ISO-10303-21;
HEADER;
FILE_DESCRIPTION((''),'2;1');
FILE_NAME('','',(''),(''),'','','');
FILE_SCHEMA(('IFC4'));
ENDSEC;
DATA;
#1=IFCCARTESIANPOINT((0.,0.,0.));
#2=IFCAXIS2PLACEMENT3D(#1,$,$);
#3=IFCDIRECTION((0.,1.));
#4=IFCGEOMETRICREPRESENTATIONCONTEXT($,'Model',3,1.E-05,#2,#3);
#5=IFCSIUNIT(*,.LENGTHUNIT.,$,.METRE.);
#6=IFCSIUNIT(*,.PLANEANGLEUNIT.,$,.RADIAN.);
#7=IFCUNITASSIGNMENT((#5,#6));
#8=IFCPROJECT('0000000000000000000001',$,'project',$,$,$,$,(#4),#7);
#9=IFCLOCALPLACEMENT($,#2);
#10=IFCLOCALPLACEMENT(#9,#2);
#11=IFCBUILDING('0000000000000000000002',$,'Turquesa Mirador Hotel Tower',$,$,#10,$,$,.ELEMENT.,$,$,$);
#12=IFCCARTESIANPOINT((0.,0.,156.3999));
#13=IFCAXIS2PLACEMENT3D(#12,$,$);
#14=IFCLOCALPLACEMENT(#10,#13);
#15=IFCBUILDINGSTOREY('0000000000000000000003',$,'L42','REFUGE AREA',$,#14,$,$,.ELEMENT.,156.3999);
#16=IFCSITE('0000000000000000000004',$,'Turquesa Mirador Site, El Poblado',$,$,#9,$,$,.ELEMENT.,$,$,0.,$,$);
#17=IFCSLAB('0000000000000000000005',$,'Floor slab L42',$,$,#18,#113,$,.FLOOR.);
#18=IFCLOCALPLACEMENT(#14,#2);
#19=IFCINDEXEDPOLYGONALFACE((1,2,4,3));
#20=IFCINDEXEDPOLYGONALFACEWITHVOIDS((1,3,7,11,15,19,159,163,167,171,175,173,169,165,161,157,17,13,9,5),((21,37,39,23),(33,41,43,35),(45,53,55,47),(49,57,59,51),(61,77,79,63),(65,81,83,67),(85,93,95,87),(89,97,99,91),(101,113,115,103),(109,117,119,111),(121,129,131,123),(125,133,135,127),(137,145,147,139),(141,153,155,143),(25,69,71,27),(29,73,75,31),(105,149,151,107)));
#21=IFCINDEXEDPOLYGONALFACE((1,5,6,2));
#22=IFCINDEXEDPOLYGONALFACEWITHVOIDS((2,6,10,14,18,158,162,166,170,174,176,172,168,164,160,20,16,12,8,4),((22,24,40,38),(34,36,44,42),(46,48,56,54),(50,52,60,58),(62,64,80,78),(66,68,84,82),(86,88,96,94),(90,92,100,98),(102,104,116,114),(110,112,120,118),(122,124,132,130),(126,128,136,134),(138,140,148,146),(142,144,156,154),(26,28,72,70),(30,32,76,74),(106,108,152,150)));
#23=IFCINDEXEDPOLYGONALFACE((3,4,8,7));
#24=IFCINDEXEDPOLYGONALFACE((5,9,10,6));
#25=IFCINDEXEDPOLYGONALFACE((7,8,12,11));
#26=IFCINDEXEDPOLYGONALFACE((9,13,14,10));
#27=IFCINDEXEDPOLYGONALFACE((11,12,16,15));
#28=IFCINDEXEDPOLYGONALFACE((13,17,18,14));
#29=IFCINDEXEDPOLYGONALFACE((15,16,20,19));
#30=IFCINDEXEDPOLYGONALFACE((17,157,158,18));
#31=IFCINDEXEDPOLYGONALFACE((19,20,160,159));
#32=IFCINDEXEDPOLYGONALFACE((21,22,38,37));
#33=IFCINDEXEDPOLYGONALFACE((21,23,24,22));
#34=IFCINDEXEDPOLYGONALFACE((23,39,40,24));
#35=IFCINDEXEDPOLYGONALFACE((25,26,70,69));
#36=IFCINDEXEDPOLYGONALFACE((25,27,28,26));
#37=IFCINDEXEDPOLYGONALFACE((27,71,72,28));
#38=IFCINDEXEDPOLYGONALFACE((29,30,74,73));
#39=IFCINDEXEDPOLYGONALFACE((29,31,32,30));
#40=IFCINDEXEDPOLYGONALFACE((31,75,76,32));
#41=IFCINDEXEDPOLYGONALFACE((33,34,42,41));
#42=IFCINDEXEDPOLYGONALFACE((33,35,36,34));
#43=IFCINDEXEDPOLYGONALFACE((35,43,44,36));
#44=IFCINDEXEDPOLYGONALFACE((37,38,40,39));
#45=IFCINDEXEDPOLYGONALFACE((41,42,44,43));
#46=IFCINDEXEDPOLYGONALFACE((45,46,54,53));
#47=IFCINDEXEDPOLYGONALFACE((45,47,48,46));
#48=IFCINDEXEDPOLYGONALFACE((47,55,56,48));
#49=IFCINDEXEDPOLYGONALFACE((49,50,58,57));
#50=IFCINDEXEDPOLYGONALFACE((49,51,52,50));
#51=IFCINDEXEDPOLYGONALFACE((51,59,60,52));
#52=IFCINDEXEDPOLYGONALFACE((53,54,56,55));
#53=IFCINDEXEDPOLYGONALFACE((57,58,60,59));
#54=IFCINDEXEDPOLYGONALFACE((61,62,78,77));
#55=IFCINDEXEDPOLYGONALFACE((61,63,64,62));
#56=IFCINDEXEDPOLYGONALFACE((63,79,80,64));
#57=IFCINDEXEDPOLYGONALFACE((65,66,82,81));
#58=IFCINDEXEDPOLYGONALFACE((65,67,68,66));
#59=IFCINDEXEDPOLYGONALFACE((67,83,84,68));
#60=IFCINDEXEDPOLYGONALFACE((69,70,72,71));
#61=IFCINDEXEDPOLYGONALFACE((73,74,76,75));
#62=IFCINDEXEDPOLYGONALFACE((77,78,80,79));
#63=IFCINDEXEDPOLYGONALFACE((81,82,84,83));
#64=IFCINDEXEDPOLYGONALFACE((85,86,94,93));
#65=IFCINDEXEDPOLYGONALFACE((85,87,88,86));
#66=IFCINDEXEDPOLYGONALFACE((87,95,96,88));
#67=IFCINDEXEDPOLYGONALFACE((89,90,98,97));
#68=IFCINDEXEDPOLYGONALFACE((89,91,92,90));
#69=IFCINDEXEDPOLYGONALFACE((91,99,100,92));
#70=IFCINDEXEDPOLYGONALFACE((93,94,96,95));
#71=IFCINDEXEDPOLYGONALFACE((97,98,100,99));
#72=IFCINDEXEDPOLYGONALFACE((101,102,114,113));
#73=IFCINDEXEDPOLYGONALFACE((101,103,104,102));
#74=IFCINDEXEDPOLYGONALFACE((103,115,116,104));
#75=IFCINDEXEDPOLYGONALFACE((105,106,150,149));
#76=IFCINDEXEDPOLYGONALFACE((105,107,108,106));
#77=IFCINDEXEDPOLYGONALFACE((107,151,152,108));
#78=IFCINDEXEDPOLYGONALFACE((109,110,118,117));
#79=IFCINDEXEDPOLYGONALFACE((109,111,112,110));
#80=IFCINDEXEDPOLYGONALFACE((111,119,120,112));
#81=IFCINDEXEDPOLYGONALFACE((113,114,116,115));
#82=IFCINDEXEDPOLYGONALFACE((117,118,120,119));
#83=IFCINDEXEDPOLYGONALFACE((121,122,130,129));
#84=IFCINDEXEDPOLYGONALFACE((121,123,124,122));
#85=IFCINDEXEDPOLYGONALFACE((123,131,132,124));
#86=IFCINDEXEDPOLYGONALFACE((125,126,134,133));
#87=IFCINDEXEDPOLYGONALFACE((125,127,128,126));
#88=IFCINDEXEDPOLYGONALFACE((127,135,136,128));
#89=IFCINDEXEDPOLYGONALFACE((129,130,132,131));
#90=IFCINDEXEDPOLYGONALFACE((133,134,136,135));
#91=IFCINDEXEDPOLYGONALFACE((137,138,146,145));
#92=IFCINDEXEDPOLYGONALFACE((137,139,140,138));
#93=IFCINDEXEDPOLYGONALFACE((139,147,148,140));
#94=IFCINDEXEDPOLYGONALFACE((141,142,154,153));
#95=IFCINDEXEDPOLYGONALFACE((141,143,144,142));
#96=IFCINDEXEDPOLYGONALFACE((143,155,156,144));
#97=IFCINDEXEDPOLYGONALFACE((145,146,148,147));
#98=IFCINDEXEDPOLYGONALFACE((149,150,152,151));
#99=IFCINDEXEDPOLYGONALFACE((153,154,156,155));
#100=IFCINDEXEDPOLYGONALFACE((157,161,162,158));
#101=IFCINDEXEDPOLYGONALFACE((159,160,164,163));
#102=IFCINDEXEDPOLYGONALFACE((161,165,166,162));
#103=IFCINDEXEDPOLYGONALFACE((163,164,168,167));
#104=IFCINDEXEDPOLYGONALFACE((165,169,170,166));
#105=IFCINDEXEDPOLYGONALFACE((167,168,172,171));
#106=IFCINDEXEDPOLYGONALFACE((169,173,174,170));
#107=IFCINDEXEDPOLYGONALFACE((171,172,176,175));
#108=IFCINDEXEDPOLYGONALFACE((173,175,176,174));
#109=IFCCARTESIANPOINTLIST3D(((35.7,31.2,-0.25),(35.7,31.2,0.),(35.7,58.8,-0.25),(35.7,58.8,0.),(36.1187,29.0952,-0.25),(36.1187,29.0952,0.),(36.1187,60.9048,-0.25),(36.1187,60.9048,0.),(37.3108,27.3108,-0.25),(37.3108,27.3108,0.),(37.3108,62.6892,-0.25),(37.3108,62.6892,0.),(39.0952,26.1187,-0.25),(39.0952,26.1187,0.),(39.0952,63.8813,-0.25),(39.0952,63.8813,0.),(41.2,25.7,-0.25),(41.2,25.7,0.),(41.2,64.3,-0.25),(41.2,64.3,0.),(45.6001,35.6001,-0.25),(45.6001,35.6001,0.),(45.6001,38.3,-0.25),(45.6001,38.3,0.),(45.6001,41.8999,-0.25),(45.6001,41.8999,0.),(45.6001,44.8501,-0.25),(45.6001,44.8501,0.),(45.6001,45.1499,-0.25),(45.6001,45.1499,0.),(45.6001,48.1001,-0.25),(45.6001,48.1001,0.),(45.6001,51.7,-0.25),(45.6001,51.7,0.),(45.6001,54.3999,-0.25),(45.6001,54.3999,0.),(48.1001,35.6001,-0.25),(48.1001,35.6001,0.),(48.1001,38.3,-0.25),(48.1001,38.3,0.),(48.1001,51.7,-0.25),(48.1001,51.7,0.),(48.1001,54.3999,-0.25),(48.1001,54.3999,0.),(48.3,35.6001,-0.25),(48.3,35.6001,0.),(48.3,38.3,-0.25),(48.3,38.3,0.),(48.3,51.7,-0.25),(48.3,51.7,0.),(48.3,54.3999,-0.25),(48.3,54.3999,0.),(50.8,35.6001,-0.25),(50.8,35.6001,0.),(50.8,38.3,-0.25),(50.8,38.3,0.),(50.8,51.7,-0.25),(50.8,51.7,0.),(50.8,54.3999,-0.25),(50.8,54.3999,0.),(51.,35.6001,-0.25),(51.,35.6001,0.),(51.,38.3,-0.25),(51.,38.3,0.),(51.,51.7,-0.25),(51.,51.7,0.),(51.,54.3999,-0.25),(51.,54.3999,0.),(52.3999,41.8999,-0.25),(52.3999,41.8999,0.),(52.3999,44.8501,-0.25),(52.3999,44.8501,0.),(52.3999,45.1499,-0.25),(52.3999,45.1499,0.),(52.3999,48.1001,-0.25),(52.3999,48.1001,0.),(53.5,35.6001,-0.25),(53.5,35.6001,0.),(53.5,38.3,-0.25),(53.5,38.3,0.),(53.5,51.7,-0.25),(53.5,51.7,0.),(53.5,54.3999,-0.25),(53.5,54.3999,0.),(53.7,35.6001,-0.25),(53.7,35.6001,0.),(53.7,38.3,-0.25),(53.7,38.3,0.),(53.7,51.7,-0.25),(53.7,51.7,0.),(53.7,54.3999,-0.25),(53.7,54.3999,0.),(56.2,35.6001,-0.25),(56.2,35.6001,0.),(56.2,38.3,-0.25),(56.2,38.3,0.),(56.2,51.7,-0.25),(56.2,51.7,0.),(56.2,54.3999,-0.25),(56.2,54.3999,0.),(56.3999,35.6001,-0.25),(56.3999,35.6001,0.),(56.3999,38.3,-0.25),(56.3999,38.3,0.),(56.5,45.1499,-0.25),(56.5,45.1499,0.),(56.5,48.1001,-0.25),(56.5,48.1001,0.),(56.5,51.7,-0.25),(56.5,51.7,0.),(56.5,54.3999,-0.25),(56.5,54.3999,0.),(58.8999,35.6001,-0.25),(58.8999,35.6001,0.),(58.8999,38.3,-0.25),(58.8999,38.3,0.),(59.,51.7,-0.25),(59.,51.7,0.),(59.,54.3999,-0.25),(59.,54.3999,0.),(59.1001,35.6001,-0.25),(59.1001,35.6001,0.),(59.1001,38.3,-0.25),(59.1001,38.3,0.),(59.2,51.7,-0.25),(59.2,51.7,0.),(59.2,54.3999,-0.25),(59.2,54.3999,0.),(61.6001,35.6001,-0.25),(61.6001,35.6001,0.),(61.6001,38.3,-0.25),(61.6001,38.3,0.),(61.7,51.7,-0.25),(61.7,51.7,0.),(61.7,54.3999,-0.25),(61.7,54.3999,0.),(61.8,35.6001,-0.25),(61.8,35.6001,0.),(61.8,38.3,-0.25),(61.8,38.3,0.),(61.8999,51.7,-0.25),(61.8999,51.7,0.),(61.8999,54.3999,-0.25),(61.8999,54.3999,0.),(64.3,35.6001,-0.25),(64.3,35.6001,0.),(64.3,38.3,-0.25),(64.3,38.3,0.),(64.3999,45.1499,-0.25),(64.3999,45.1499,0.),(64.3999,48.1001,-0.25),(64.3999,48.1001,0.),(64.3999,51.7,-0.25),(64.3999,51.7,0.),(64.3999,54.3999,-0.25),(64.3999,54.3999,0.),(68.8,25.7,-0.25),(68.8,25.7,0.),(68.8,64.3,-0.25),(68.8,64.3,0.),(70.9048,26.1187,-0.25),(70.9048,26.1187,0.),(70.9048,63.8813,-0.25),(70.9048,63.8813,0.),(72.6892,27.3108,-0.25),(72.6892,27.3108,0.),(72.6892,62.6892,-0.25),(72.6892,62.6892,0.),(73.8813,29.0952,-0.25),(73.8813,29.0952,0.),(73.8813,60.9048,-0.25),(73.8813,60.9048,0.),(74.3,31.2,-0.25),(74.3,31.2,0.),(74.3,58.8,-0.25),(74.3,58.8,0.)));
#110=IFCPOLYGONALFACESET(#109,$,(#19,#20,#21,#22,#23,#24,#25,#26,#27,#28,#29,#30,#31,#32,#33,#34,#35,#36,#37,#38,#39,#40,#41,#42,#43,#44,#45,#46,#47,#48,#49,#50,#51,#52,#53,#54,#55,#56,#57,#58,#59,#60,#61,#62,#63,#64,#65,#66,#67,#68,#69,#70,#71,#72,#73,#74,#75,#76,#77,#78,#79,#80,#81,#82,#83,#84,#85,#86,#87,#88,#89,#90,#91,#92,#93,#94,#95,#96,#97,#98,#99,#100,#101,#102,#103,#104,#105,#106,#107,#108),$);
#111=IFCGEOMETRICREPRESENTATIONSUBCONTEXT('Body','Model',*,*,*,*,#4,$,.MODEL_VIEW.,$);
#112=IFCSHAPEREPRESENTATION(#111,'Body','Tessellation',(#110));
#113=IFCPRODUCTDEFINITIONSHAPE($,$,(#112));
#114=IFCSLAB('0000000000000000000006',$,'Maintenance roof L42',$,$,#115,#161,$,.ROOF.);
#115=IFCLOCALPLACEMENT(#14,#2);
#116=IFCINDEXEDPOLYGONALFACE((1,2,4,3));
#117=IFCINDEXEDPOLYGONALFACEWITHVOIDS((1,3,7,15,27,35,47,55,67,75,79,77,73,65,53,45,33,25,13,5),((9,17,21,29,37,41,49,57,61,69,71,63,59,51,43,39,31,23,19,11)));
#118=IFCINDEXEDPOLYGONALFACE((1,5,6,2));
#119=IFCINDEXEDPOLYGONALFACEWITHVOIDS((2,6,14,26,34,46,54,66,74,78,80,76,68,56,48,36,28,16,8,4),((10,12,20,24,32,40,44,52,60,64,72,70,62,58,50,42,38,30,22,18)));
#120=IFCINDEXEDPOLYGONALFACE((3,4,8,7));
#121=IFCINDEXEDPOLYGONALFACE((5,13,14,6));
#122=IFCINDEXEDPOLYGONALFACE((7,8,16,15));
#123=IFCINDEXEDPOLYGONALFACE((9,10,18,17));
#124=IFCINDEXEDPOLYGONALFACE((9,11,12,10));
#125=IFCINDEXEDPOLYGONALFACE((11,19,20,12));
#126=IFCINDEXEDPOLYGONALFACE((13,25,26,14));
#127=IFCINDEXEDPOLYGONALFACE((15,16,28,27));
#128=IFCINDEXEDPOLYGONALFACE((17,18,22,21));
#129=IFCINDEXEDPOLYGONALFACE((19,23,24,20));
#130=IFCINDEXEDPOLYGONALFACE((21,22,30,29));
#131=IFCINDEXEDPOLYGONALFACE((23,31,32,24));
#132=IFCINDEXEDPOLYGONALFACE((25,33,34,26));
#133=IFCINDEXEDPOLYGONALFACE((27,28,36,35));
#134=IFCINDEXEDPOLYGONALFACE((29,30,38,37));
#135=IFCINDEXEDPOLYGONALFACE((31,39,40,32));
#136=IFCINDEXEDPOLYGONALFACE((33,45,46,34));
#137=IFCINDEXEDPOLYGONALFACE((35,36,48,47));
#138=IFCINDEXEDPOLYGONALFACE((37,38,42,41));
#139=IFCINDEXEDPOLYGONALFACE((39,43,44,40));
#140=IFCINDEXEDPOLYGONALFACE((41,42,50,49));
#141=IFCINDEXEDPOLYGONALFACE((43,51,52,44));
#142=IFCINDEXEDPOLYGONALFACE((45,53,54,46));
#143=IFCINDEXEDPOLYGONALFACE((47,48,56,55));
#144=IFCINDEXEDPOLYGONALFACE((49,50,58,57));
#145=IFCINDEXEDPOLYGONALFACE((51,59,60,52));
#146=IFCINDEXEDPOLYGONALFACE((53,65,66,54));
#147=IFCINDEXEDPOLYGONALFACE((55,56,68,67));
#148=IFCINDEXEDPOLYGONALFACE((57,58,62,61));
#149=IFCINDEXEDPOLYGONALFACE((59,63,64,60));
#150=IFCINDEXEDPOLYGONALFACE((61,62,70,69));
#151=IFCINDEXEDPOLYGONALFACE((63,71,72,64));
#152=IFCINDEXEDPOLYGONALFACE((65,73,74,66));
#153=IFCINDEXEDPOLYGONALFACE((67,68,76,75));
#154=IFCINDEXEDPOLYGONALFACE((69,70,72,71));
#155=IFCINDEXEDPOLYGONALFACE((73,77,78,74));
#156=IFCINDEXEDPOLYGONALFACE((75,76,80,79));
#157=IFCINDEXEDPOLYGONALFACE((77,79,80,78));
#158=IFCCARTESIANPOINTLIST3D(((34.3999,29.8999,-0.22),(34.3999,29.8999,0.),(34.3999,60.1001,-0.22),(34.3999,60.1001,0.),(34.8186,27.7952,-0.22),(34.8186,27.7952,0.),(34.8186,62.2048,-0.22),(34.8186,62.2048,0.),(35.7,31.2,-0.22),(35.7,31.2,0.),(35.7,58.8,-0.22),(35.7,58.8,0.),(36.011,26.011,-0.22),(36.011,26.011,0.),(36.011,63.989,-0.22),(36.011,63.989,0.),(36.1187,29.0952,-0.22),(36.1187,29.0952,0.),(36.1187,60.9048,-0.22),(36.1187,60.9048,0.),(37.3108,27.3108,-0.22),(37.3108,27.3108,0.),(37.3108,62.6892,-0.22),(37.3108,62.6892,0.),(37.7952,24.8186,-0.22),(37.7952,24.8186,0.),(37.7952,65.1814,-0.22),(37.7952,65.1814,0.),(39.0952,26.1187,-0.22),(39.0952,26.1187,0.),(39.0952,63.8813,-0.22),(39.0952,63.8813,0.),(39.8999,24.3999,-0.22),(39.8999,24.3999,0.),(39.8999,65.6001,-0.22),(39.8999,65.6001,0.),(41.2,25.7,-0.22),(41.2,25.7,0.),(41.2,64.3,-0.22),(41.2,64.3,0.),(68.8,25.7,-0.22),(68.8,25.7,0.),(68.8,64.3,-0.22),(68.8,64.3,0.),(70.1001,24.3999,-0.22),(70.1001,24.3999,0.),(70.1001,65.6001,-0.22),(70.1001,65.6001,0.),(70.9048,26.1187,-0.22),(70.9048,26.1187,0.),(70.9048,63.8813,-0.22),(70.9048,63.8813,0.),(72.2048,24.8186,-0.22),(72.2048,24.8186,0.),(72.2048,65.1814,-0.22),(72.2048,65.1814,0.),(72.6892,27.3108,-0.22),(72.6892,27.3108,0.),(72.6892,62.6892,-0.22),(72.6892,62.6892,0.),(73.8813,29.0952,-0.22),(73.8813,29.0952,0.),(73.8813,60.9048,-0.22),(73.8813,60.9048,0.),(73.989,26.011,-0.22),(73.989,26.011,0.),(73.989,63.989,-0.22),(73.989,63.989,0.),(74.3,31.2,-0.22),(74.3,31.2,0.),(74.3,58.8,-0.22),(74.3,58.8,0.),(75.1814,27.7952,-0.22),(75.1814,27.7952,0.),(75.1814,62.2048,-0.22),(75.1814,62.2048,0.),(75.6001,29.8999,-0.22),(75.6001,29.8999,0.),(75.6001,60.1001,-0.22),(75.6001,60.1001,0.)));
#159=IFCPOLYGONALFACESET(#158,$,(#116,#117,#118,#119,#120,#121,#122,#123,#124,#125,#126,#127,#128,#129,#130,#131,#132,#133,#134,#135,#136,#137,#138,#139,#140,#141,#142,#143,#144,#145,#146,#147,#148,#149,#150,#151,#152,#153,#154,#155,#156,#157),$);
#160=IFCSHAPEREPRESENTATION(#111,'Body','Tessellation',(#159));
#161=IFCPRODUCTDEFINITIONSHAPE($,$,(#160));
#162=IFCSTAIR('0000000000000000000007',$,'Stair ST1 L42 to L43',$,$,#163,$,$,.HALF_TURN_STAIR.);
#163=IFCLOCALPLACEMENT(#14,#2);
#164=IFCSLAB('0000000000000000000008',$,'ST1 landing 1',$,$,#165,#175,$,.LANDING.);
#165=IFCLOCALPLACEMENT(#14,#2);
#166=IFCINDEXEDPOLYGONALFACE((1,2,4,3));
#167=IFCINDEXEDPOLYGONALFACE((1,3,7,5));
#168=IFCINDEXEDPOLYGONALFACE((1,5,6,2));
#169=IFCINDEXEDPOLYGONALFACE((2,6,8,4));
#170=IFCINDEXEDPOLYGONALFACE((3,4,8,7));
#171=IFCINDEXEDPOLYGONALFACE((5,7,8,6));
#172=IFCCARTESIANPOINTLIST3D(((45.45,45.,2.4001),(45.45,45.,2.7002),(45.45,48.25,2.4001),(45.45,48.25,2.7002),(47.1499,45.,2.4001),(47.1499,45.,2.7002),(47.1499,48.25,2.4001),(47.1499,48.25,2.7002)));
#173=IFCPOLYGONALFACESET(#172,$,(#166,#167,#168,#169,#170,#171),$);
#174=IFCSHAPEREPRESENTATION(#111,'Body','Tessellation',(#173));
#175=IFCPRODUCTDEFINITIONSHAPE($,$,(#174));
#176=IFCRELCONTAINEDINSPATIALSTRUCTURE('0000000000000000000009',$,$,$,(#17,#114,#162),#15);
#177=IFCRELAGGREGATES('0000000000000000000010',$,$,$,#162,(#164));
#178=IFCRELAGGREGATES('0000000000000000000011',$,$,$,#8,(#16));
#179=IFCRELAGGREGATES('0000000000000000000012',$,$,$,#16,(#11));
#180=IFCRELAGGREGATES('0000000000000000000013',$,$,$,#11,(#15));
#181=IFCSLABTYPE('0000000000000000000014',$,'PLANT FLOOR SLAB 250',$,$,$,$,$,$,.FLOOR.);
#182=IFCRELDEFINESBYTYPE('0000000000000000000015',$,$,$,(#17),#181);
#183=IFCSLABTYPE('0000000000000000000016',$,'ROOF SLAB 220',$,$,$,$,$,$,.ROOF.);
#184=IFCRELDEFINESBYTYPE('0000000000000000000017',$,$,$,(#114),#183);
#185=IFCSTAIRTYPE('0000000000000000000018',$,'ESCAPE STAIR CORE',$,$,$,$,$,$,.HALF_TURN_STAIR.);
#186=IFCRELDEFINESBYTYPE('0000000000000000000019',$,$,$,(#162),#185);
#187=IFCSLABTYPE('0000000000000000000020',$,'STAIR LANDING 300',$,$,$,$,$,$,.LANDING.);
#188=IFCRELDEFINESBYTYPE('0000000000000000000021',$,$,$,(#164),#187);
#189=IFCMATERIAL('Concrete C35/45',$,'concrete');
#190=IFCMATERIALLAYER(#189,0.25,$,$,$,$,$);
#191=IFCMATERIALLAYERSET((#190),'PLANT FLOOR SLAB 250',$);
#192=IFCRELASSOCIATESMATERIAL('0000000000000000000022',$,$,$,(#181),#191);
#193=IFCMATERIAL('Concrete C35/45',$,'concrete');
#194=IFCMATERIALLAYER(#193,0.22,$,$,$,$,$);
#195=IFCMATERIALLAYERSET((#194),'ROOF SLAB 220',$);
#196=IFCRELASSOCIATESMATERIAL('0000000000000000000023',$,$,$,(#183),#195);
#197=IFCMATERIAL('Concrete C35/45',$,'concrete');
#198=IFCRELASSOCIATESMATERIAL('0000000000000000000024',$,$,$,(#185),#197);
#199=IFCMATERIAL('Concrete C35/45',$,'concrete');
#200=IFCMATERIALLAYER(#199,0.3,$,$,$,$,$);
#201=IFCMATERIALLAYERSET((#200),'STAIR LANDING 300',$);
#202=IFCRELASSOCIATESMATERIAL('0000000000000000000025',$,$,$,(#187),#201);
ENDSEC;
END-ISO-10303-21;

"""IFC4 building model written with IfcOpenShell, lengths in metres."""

from ifc_helpers import new_model, si_unit, direction, frame, origin, place, context, subcontext, project, spatial, polyline, outline, extrude, material, layer, layer_set, type_object, element, aggregate, save


model = new_model("IFC4")

# Units and contexts
model_context = context("Model", 3, precision=1e-05, world=origin(), true_north=direction((0.0, 1.0)))
body_context = subcontext(model_context, "Body", "Model", "MODEL_VIEW")
ifc_project = project(units=[si_unit("LENGTHUNIT", "METRE"), si_unit("PLANEANGLEUNIT", "RADIAN")], contexts=[model_context])

# Site, building, storey
site_placement = place(None, origin())
site = spatial("IfcSite", under=ifc_project, at=site_placement, Name="Turquesa Mirador Site, El Poblado", CompositionType="ELEMENT", RefElevation=0.0)
building_placement = place(site_placement, origin())
building = spatial("IfcBuilding", under=site, at=building_placement, Name="Turquesa Mirador Hotel Tower", CompositionType="ELEMENT")
storey_placement = place(building_placement, frame((0.0, 0.0, 156.3999)))
storey = spatial("IfcBuildingStorey", under=building, at=storey_placement, Name="L42", Description="REFUGE AREA", CompositionType="ELEMENT", Elevation=156.3999)

# Slabs
ifc_material_1 = material(Name="Concrete C35/45", Category="concrete")
ifc_layer_1 = layer(ifc_material_1, 0.25)
ifc_layer_set_1 = layer_set([ifc_layer_1], Name="PLANT FLOOR SLAB 250")
slab_type_1 = type_object("IfcSlabType", Name="PLANT FLOOR SLAB 250", PredefinedType="FLOOR", material=ifc_layer_set_1)
slab_1_placement = place(storey_placement, frame((0.0, 0.0, -0.25)))
element("IfcSlab", 1, at=slab_1_placement, inside=storey, type_object=slab_type_1, Name="Floor slab L42", PredefinedType="FLOOR", context=body_context, shape_type="SweptSolid", body=[
    extrude(outline(polyline([(68.8, 25.7), (70.9048, 26.1187), (72.6892, 27.3108), (73.8813, 29.0952), (74.3, 31.2), (74.3, 58.8), (73.8813, 60.9048), (72.6892, 62.6892), (70.9048, 63.8813), (68.8, 64.3), (41.2, 64.3), (39.0952, 63.8813), (37.3108, 62.6892), (36.1187, 60.9048), (35.7, 58.8), (35.7, 31.2), (36.1187, 29.0952), (37.3108, 27.3108), (39.0952, 26.1187), (41.2, 25.7), (68.8, 25.7)]), holes=[polyline([(45.6001, 51.7), (48.1001, 51.7), (48.1001, 54.3999), (45.6001, 54.3999), (45.6001, 51.7)]), polyline([(48.3, 51.7), (50.8, 51.7), (50.8, 54.3999), (48.3, 54.3999), (48.3, 51.7)]), polyline([(51.0, 51.7), (53.5, 51.7), (53.5, 54.3999), (51.0, 54.3999), (51.0, 51.7)]), polyline([(53.7, 51.7), (56.2, 51.7), (56.2, 54.3999), (53.7, 54.3999), (53.7, 51.7)]), polyline([(56.5, 51.7), (59.0, 51.7), (59.0, 54.3999), (56.5, 54.3999), (56.5, 51.7)]), polyline([(59.2, 51.7), (61.7, 51.7), (61.7, 54.3999), (59.2, 54.3999), (59.2, 51.7)]), polyline([(45.6001, 35.6001), (48.1001, 35.6001), (48.1001, 38.3), (45.6001, 38.3), (45.6001, 35.6001)]), polyline([(48.3, 35.6001), (50.8, 35.6001), (50.8, 38.3), (48.3, 38.3), (48.3, 35.6001)]), polyline([(51.0, 35.6001), (53.5, 35.6001), (53.5, 38.3), (51.0, 38.3), (51.0, 35.6001)]), polyline([(53.7, 35.6001), (56.2, 35.6001), (56.2, 38.3), (53.7, 38.3), (53.7, 35.6001)]), polyline([(56.3999, 35.6001), (58.8999, 35.6001), (58.8999, 38.3), (56.3999, 38.3), (56.3999, 35.6001)]), polyline([(59.1001, 35.6001), (61.6001, 35.6001), (61.6001, 38.3), (59.1001, 38.3), (59.1001, 35.6001)]), polyline([(61.8, 35.6001), (64.3, 35.6001), (64.3, 38.3), (61.8, 38.3), (61.8, 35.6001)]), polyline([(45.6001, 45.1499), (52.3999, 45.1499), (52.3999, 48.1001), (45.6001, 48.1001), (45.6001, 45.1499)]), polyline([(45.6001, 41.8999), (52.3999, 41.8999), (52.3999, 44.8501), (45.6001, 44.8501), (45.6001, 41.8999)]), polyline([(56.5, 45.1499), (64.3999, 45.1499), (64.3999, 48.1001), (56.5, 48.1001), (56.5, 45.1499)]), polyline([(61.8999, 51.7), (64.3999, 51.7), (64.3999, 54.3999), (61.8999, 54.3999), (61.8999, 51.7)])]), origin(), (0.0, 0.0, 1.0), 0.25),
])
ifc_material_2 = material(Name="Concrete C35/45", Category="concrete")
ifc_layer_2 = layer(ifc_material_2, 0.22)
ifc_layer_set_2 = layer_set([ifc_layer_2], Name="ROOF SLAB 220")
slab_type_2 = type_object("IfcSlabType", Name="ROOF SLAB 220", PredefinedType="ROOF", material=ifc_layer_set_2)
slab_2_placement = place(storey_placement, frame((0.0, 0.0, -0.22)))
element("IfcSlab", 2, at=slab_2_placement, inside=storey, type_object=slab_type_2, Name="Maintenance roof L42", PredefinedType="ROOF", context=body_context, shape_type="SweptSolid", body=[
    extrude(outline(polyline([(70.1001, 24.3999), (72.2048, 24.8186), (73.989, 26.011), (75.1814, 27.7952), (75.6001, 29.8999), (75.6001, 60.1001), (75.1814, 62.2048), (73.989, 63.989), (72.2048, 65.1814), (70.1001, 65.6001), (39.8999, 65.6001), (37.7952, 65.1814), (36.011, 63.989), (34.8186, 62.2048), (34.3999, 60.1001), (34.3999, 29.8999), (34.8186, 27.7952), (36.011, 26.011), (37.7952, 24.8186), (39.8999, 24.3999), (70.1001, 24.3999)]), holes=[polyline([(68.8, 25.7), (70.9048, 26.1187), (72.6892, 27.3108), (73.8813, 29.0952), (74.3, 31.2), (74.3, 58.8), (73.8813, 60.9048), (72.6892, 62.6892), (70.9048, 63.8813), (68.8, 64.3), (41.2, 64.3), (39.0952, 63.8813), (37.3108, 62.6892), (36.1187, 60.9048), (35.7, 58.8), (35.7, 31.2), (36.1187, 29.0952), (37.3108, 27.3108), (39.0952, 26.1187), (41.2, 25.7), (68.8, 25.7)])]), origin(), (0.0, 0.0, 1.0), 0.22),
])

# Stair, slab
ifc_material_3 = material(Name="Concrete C35/45", Category="concrete")
stair_type = type_object("IfcStairType", Name="ESCAPE STAIR CORE", PredefinedType="HALF_TURN_STAIR", material=ifc_material_3)
stair_1_placement = place(storey_placement, origin())
stair_1 = element("IfcStair", 3, at=stair_1_placement, inside=storey, type_object=stair_type, Name="Stair ST1 L42 to L43", PredefinedType="HALF_TURN_STAIR")
ifc_material_4 = material(Name="Concrete C35/45", Category="concrete")
ifc_layer_3 = layer(ifc_material_4, 0.3)
ifc_layer_set_3 = layer_set([ifc_layer_3], Name="STAIR LANDING 300")
slab_type_3 = type_object("IfcSlabType", Name="STAIR LANDING 300", PredefinedType="LANDING", material=ifc_layer_set_3)
slab_3_placement = place(storey_placement, frame((0.0, 0.0, 2.4001)))
slab_3 = element("IfcSlab", 4, at=slab_3_placement, type_object=slab_type_3, Name="ST1 landing 1", PredefinedType="LANDING", context=body_context, shape_type="SweptSolid", body=[
    extrude(outline(polyline([(45.45, 45.0), (47.1499, 45.0), (47.1499, 48.25), (45.45, 48.25), (45.45, 45.0)])), origin(), (0.0, 0.0, 1.0), 0.3),
])
aggregate(stair_1, [slab_3])

save(model, "model.ifc")
